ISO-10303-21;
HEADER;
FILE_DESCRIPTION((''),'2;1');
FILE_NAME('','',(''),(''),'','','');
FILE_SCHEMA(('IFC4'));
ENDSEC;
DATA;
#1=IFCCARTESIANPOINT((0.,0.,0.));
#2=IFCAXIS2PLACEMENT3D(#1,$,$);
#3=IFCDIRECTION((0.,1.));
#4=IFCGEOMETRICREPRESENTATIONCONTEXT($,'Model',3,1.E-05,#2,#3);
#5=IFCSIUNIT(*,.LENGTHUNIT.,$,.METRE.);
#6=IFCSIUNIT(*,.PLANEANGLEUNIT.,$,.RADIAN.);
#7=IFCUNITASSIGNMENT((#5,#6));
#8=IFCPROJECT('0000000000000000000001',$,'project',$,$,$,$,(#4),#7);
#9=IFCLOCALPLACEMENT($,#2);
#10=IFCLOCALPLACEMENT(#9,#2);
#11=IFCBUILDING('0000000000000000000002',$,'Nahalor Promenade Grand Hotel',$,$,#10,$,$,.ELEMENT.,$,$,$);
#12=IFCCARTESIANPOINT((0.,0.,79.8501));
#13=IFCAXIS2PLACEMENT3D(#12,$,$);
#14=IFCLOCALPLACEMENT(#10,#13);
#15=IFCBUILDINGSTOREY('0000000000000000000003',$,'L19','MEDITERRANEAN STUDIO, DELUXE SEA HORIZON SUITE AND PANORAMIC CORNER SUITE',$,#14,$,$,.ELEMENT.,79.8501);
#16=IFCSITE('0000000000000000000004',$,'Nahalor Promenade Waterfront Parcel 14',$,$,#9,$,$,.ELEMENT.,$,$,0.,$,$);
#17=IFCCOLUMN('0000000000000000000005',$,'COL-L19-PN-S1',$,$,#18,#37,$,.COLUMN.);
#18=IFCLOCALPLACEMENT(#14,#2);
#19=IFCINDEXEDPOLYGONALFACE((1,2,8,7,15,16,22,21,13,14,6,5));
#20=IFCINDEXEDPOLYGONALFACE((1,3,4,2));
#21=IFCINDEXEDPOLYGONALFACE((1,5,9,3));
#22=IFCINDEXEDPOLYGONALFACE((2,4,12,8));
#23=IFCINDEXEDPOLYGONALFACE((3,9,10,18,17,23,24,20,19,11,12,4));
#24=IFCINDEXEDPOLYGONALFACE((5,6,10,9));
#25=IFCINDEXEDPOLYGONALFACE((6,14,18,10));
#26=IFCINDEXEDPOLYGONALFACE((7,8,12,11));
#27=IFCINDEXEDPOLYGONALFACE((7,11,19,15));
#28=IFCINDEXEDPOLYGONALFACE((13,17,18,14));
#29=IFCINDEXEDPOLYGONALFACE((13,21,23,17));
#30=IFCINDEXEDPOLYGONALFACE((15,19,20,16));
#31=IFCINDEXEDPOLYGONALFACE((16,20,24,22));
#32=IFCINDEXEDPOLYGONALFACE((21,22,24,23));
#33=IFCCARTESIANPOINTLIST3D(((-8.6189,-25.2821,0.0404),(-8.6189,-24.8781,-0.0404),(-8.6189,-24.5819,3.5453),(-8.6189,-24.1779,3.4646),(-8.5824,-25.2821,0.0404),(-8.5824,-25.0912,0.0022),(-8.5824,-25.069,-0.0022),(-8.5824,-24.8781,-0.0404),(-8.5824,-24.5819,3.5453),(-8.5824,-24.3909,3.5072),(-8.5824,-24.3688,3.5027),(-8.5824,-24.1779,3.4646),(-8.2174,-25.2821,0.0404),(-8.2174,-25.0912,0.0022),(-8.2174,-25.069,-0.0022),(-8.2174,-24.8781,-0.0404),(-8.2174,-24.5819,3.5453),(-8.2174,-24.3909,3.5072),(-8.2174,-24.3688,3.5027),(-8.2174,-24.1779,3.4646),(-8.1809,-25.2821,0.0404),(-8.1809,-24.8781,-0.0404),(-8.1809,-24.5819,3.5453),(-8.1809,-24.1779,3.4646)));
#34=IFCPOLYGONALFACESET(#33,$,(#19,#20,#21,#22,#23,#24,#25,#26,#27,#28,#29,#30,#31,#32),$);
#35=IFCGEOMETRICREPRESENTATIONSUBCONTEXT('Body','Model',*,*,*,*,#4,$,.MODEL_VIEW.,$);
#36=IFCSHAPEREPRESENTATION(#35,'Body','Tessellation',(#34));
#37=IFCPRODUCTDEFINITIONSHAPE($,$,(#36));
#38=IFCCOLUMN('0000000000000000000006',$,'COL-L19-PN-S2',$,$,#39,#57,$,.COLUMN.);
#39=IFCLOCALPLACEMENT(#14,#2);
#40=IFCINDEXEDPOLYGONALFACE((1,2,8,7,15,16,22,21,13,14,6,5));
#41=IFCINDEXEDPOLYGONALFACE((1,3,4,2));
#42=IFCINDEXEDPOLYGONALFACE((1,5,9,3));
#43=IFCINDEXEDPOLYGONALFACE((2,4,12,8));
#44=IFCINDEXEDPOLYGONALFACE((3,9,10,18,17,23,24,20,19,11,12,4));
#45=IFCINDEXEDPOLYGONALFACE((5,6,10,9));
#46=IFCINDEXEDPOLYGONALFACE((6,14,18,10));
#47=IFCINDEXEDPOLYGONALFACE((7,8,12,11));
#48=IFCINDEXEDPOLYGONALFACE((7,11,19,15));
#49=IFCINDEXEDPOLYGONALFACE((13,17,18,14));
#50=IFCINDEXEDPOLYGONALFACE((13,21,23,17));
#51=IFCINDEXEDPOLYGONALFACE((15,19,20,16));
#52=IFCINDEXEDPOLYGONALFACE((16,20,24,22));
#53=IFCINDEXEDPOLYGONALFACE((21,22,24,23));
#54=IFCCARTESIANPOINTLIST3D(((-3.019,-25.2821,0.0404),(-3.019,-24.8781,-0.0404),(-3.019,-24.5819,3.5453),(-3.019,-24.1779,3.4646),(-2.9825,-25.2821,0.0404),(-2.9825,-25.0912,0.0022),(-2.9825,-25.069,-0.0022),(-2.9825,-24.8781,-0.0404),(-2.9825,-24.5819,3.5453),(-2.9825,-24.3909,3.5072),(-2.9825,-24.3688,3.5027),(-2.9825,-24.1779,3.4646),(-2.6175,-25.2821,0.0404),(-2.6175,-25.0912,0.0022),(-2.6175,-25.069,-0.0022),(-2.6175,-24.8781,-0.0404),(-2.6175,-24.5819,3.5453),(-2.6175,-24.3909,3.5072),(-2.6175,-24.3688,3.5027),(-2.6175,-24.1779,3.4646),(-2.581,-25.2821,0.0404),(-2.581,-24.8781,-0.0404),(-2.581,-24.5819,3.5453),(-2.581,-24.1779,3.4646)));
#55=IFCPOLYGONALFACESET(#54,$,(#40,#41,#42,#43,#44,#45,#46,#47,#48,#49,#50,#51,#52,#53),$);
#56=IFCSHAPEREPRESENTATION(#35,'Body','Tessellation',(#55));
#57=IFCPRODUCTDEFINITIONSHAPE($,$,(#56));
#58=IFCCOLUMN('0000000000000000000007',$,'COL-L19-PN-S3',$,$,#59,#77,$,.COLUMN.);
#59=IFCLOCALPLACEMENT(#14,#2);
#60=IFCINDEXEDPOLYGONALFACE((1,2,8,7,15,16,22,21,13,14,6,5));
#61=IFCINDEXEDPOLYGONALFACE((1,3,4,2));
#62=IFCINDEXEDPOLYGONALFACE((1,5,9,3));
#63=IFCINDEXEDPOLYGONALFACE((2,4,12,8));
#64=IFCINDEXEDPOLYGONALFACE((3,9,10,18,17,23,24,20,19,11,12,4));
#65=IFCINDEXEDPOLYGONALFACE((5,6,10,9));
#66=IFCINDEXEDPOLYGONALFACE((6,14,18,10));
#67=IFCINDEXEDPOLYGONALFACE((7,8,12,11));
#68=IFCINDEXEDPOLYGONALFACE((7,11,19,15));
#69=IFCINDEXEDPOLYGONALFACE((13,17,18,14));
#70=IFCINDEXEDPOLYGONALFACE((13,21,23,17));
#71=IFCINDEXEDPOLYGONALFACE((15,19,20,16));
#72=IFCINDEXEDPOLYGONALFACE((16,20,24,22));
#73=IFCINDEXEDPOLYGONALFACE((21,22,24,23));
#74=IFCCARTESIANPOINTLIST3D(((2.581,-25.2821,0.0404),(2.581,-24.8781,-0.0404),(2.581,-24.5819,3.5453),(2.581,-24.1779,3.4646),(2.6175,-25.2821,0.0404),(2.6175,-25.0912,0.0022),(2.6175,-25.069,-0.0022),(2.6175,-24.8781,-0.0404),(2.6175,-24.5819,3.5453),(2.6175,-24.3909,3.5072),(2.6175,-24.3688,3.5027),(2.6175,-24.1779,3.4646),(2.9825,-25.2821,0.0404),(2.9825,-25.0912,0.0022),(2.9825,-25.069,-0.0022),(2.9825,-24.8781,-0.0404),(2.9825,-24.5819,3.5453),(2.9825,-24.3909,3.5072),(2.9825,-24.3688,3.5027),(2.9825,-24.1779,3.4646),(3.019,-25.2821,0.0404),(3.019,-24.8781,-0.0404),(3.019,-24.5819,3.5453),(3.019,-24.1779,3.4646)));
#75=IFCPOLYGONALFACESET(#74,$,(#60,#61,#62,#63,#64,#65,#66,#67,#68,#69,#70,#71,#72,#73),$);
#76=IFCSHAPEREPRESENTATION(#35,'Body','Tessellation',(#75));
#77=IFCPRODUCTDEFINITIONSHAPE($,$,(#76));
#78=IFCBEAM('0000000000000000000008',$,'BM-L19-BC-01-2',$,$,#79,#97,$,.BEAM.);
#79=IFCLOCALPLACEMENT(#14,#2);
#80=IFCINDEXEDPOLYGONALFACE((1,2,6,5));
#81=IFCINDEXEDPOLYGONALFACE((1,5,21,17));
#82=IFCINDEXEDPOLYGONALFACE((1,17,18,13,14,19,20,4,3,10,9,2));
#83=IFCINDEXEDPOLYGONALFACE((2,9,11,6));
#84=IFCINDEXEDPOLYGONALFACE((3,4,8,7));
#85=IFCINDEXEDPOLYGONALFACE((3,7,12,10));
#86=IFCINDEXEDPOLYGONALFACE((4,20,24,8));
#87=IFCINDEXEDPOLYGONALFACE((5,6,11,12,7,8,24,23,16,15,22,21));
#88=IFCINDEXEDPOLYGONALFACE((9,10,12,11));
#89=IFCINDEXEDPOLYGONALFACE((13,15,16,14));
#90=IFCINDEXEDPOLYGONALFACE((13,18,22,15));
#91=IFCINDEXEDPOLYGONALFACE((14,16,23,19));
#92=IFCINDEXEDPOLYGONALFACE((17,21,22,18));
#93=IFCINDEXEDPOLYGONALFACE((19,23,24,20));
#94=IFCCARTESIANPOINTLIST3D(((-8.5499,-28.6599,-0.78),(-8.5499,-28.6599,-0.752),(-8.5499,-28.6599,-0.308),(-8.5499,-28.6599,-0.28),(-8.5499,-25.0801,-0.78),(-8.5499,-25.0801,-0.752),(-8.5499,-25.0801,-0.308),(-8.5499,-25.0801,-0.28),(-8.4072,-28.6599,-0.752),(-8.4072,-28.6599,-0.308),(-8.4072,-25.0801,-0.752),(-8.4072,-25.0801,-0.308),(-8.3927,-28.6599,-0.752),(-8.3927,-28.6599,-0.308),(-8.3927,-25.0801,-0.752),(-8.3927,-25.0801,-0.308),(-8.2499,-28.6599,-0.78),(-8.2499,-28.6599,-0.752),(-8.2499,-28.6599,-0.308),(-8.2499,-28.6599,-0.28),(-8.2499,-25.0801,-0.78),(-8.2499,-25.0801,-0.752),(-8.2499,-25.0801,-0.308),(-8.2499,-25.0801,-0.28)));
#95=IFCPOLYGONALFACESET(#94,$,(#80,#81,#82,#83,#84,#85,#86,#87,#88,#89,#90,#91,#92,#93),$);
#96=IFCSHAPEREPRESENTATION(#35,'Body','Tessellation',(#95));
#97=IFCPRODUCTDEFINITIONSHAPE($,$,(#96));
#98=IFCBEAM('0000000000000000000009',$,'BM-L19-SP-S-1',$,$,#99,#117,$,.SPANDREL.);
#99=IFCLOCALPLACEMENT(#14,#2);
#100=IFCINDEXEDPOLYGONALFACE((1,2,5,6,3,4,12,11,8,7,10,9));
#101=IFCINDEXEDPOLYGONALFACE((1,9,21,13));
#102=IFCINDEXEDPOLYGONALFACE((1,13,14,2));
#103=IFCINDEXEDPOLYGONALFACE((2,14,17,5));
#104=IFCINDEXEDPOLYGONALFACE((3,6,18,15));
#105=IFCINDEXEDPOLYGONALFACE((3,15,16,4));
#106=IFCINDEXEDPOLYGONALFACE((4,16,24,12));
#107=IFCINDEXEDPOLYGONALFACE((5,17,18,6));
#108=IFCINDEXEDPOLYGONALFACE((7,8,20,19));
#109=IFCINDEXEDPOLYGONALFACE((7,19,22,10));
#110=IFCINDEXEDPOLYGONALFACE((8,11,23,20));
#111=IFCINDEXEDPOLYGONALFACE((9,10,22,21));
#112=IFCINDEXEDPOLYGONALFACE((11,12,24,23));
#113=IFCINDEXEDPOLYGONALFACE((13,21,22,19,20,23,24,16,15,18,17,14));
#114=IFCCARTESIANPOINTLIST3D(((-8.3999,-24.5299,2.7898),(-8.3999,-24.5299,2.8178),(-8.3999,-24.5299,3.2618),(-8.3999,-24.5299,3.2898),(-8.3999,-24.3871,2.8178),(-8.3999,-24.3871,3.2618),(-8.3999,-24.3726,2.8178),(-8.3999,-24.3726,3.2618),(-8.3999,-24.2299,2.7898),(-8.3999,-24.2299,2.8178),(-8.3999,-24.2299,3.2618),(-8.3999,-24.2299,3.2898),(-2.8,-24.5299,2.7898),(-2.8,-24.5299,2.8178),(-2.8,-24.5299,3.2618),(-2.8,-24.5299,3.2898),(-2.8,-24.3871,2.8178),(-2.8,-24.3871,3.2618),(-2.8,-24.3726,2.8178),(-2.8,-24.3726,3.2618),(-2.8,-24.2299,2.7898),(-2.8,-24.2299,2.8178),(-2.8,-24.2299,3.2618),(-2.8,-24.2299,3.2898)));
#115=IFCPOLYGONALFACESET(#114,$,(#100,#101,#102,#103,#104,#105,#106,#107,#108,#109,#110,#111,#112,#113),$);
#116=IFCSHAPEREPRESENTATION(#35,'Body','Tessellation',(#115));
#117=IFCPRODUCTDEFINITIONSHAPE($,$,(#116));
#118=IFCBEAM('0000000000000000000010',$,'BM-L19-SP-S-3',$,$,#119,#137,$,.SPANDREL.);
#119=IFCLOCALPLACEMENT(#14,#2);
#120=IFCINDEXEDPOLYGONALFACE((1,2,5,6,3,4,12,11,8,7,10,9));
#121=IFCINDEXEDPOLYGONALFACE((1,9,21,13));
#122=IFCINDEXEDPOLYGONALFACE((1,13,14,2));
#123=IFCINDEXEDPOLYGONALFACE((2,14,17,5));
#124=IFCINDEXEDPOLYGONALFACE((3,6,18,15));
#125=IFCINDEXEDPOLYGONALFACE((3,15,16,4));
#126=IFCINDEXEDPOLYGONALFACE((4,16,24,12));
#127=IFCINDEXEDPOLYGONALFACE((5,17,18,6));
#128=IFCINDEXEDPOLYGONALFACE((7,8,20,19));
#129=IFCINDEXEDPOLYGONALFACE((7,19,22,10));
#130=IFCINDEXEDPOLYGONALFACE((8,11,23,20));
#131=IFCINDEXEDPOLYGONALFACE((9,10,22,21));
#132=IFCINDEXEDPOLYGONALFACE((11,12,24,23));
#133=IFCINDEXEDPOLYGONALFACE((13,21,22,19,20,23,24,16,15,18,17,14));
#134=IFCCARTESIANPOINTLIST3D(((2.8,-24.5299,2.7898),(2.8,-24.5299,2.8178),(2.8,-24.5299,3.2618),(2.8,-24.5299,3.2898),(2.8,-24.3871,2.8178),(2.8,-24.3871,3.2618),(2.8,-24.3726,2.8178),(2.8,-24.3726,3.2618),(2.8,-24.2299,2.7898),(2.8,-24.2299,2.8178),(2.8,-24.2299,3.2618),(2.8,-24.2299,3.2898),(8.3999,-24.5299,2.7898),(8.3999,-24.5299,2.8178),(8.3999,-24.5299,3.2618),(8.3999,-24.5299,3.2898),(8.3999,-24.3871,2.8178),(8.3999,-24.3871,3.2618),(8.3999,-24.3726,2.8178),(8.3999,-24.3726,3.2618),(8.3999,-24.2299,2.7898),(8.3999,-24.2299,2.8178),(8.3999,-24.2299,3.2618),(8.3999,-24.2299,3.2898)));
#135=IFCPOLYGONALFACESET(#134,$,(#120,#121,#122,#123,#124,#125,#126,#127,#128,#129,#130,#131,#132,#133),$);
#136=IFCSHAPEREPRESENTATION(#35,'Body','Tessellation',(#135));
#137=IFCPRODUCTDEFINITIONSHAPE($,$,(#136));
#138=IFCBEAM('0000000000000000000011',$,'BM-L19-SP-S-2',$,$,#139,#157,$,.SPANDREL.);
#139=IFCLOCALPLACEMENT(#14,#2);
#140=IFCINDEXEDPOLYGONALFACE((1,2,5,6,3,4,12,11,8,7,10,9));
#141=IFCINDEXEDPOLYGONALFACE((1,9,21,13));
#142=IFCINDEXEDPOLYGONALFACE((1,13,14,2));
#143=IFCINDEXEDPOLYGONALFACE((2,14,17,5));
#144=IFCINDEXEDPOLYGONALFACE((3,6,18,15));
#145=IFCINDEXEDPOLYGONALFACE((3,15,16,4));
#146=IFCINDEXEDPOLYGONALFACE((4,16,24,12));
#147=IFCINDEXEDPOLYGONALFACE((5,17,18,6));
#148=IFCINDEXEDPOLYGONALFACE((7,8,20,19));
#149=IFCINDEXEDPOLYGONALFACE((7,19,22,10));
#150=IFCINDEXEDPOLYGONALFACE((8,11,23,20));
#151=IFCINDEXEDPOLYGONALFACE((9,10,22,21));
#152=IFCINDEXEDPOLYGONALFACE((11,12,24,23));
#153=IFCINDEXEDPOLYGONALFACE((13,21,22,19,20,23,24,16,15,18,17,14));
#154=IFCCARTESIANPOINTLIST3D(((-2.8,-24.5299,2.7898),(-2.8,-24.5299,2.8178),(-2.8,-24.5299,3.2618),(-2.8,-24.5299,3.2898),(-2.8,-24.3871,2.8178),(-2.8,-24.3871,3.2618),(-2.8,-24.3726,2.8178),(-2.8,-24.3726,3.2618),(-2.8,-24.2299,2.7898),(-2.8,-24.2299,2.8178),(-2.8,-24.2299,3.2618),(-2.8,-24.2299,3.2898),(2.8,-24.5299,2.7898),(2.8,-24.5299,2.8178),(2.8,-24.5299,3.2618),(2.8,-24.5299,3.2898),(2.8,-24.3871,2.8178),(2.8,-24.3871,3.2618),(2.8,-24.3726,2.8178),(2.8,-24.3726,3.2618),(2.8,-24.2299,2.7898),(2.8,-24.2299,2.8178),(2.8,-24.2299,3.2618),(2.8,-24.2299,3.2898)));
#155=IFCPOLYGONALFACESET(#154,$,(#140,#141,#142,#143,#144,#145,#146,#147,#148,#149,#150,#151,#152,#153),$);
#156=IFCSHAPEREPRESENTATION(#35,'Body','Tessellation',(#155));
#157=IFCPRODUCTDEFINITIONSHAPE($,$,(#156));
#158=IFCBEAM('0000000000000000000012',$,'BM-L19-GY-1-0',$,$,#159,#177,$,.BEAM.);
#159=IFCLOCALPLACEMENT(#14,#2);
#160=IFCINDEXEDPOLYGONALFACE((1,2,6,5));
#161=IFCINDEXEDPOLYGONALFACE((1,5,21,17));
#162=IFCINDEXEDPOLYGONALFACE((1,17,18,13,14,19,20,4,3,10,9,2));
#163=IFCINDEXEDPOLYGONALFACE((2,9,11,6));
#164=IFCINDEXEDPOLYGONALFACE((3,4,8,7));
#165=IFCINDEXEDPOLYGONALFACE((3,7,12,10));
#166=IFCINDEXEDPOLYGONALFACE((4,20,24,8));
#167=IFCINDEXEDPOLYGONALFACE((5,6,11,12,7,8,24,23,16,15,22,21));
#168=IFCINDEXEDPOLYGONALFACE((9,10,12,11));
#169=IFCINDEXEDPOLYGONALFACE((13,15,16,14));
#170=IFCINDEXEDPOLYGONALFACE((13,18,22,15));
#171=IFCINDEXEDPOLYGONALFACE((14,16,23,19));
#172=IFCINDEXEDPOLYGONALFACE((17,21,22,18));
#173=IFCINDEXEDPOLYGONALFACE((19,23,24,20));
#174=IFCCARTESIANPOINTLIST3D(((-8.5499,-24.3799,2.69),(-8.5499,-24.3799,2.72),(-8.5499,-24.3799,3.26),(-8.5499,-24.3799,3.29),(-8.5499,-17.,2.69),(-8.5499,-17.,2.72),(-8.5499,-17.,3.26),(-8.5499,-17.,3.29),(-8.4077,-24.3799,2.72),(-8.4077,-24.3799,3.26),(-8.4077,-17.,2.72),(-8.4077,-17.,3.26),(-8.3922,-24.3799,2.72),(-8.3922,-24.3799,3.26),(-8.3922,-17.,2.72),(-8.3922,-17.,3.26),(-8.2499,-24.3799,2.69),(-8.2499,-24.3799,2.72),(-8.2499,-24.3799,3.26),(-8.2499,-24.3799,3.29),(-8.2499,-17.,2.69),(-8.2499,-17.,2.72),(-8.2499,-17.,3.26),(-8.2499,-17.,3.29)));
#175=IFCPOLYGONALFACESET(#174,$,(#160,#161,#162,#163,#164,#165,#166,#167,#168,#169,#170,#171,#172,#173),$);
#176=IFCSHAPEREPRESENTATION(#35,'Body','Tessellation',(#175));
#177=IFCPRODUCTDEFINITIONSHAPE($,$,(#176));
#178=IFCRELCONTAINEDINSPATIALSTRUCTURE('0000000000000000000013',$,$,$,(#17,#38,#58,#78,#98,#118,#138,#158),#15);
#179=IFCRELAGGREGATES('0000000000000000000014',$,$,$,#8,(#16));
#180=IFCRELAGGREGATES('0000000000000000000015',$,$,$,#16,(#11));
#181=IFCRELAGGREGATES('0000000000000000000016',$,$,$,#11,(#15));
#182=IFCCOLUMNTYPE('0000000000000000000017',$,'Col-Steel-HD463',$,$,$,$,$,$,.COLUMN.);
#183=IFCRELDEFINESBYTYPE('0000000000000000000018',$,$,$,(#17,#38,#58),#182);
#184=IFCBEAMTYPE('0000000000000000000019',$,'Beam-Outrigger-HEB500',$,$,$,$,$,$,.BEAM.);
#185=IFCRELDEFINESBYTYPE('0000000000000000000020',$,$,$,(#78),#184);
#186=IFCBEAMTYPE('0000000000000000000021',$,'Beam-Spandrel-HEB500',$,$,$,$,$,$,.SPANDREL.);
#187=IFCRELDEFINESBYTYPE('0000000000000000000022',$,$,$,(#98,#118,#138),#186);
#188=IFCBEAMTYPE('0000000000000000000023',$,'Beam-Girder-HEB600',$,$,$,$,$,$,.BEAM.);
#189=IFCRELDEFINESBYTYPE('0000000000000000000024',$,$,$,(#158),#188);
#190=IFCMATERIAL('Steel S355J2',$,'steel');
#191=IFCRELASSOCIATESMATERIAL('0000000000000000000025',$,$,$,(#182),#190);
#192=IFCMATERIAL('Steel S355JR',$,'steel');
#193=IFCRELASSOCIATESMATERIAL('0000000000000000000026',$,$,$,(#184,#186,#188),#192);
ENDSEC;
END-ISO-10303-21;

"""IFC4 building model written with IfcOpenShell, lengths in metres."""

from ifc_helpers import new_model, si_unit, direction, frame, origin, origin_2d, place, context, subcontext, project, spatial, i_section, extrude, source, transform, mapped, material, material_profile, profile_set, type_object, element, save


model = new_model("IFC4")

# Units and contexts
model_context = context("Model", 3, precision=1e-05, world=origin(), true_north=direction((0.0, 1.0)))
body_context = subcontext(model_context, "Body", "Model", "MODEL_VIEW")
ifc_project = project(units=[si_unit("LENGTHUNIT", "METRE"), si_unit("PLANEANGLEUNIT", "RADIAN")], contexts=[model_context])

# Site, building, storey
site_placement = place(None, origin())
site = spatial("IfcSite", under=ifc_project, at=site_placement, Name="Nahalor Promenade Waterfront Parcel 14", CompositionType="ELEMENT", RefElevation=0.0)
building_placement = place(site_placement, origin())
building = spatial("IfcBuilding", under=site, at=building_placement, Name="Nahalor Promenade Grand Hotel", CompositionType="ELEMENT")
storey_placement = place(building_placement, frame((0.0, 0.0, 79.8501)))
storey = spatial("IfcBuildingStorey", under=building, at=storey_placement, Name="L19", Description="MEDITERRANEAN STUDIO, DELUXE SEA HORIZON SUITE AND PANORAMIC CORNER SUITE", CompositionType="ELEMENT", Elevation=79.8501)

# Columns
ifc_material_1 = material(Name="Steel S355J2", Category="steel")
ifc_material_profile_1 = material_profile(ifc_material_1, i_section(OverallWidth=0.412, OverallDepth=0.438, WebThickness=0.0226, FlangeThickness=0.0365, at=origin_2d()), Name="HD 400x463")
ifc_profile_set_1 = profile_set([ifc_material_profile_1], Name="Steel S355J2")
column_type = type_object("IfcColumnType", Name="Col-Steel-HD463", PredefinedType="COLUMN", material=ifc_profile_set_1)
shared_shape_1 = source(origin(), body_context, "Body", "SweptSolid", [
    extrude(i_section(OverallWidth=0.412, OverallDepth=0.438, WebThickness=0.0226, FlangeThickness=0.0365, at=origin_2d()), origin(), (0.0, 0.0, 1.0), 3.5742),
])
for number, where, z_axis, x_axis, name in (
    (1, (-8.3999, -25.0801, 0.0), (0.0, 0.195906, 0.980623), (0.0, -0.980623, 0.195906), "COL-L19-PN-S1"),
    (2, (-2.8, -25.0801, 0.0), (0.0, 0.195906, 0.980623), (0.0, -0.980623, 0.195906), "COL-L19-PN-S2"),
    (3, (2.8, -25.0801, 0.0), (0.0, 0.195906, 0.980623), (0.0, -0.980623, 0.195906), "COL-L19-PN-S3"),
):
    element("IfcColumn", number, at=place(storey_placement, frame(where, z_axis=z_axis, x_axis=x_axis)), inside=storey, type_object=column_type, Name=name, PredefinedType="COLUMN", context=body_context, shape_type="MappedRepresentation", body=[
        mapped(shared_shape_1, transform((0.0, 0.0, 0.0), scale=1.0)),
    ])

# Beams
ifc_material_2 = material(Name="Steel S355JR", Category="steel")
ifc_material_profile_2 = material_profile(ifc_material_2, i_section(OverallWidth=0.3, OverallDepth=0.5, WebThickness=0.0145, FlangeThickness=0.028, at=origin_2d()), Name="HEB 500")
ifc_profile_set_2 = profile_set([ifc_material_profile_2], Name="Steel S355JR")
beam_type_1 = type_object("IfcBeamType", Name="Beam-Outrigger-HEB500", PredefinedType="BEAM", material=ifc_profile_set_2)
shared_shape_2 = source(origin(), body_context, "Body", "SweptSolid", [
    extrude(i_section(OverallWidth=0.3, OverallDepth=0.5, WebThickness=0.0145, FlangeThickness=0.028, at=origin_2d()), origin(), (0.0, 0.0, 1.0), 3.5798),
])
beam_1_placement = place(storey_placement, frame((-8.3999, -28.6599, -0.53), z_axis=(0.0, 1.0, 0.0), x_axis=(-1.0, 0.0, 0.0)))
element("IfcBeam", 4, at=beam_1_placement, inside=storey, type_object=beam_type_1, Name="BM-L19-BC-01-2", PredefinedType="BEAM", context=body_context, shape_type="MappedRepresentation", body=[
    mapped(shared_shape_2, transform((0.0, 0.0, 0.0), scale=1.0)),
])
ifc_material_profile_3 = material_profile(ifc_material_2, i_section(OverallWidth=0.3, OverallDepth=0.5, WebThickness=0.0145, FlangeThickness=0.028, at=origin_2d()), Name="HEB 500")
ifc_profile_set_3 = profile_set([ifc_material_profile_3], Name="Steel S355JR")
beam_type_2 = type_object("IfcBeamType", Name="Beam-Spandrel-HEB500", PredefinedType="SPANDREL", material=ifc_profile_set_3)
shared_shape_3 = source(origin(), body_context, "Body", "SweptSolid", [
    extrude(i_section(OverallWidth=0.3, OverallDepth=0.5, WebThickness=0.0145, FlangeThickness=0.028, at=origin_2d()), origin(), (0.0, 0.0, 1.0), 5.5999),
])
for number, where, z_axis, x_axis, name in (
    (5, (-8.3999, -24.3799, 3.0398), (1.0, 0.0, 0.0), (0.0, 1.0, 0.0), "BM-L19-SP-S-1"),
    (6, (2.8, -24.3799, 3.0398), (1.0, 0.0, 0.0), (0.0, 1.0, 0.0), "BM-L19-SP-S-3"),
):
    element("IfcBeam", number, at=place(storey_placement, frame(where, z_axis=z_axis, x_axis=x_axis)), inside=storey, type_object=beam_type_2, Name=name, PredefinedType="SPANDREL", context=body_context, shape_type="MappedRepresentation", body=[
        mapped(shared_shape_3, transform((0.0, 0.0, 0.0), scale=1.0)),
    ])
shared_shape_4 = source(origin(), body_context, "Body", "SweptSolid", [
    extrude(i_section(OverallWidth=0.3, OverallDepth=0.5, WebThickness=0.0145, FlangeThickness=0.028, at=origin_2d()), origin(), (0.0, 0.0, 1.0), 5.6001),
])
beam_2_placement = place(storey_placement, frame((-2.8, -24.3799, 3.0398), z_axis=(1.0, 0.0, 0.0), x_axis=(0.0, 1.0, 0.0)))
element("IfcBeam", 7, at=beam_2_placement, inside=storey, type_object=beam_type_2, Name="BM-L19-SP-S-2", PredefinedType="SPANDREL", context=body_context, shape_type="MappedRepresentation", body=[
    mapped(shared_shape_4, transform((0.0, 0.0, 0.0), scale=1.0)),
])
ifc_material_profile_4 = material_profile(ifc_material_2, i_section(OverallWidth=0.3, OverallDepth=0.6, WebThickness=0.0155, FlangeThickness=0.03, at=origin_2d()), Name="HEB 600")
ifc_profile_set_4 = profile_set([ifc_material_profile_4], Name="Steel S355JR")
beam_type_3 = type_object("IfcBeamType", Name="Beam-Girder-HEB600", PredefinedType="BEAM", material=ifc_profile_set_4)
shared_shape_5 = source(origin(), body_context, "Body", "SweptSolid", [
    extrude(i_section(OverallWidth=0.3, OverallDepth=0.6, WebThickness=0.0155, FlangeThickness=0.03, at=origin_2d()), origin(), (0.0, 0.0, 1.0), 7.3799),
])
for number, where, z_axis, x_axis, name in (
    (8, (-8.3999, -24.3799, 2.99), (0.0, 1.0, 0.0), (-1.0, 0.0, 0.0), "BM-L19-GY-1-0"),
):
    element("IfcBeam", number, at=place(storey_placement, frame(where, z_axis=z_axis, x_axis=x_axis)), inside=storey, type_object=beam_type_3, Name=name, PredefinedType="BEAM", context=body_context, shape_type="MappedRepresentation", body=[
        mapped(shared_shape_5, transform((0.0, 0.0, 0.0), scale=1.0)),
    ])

save(model, "model.ifc")
